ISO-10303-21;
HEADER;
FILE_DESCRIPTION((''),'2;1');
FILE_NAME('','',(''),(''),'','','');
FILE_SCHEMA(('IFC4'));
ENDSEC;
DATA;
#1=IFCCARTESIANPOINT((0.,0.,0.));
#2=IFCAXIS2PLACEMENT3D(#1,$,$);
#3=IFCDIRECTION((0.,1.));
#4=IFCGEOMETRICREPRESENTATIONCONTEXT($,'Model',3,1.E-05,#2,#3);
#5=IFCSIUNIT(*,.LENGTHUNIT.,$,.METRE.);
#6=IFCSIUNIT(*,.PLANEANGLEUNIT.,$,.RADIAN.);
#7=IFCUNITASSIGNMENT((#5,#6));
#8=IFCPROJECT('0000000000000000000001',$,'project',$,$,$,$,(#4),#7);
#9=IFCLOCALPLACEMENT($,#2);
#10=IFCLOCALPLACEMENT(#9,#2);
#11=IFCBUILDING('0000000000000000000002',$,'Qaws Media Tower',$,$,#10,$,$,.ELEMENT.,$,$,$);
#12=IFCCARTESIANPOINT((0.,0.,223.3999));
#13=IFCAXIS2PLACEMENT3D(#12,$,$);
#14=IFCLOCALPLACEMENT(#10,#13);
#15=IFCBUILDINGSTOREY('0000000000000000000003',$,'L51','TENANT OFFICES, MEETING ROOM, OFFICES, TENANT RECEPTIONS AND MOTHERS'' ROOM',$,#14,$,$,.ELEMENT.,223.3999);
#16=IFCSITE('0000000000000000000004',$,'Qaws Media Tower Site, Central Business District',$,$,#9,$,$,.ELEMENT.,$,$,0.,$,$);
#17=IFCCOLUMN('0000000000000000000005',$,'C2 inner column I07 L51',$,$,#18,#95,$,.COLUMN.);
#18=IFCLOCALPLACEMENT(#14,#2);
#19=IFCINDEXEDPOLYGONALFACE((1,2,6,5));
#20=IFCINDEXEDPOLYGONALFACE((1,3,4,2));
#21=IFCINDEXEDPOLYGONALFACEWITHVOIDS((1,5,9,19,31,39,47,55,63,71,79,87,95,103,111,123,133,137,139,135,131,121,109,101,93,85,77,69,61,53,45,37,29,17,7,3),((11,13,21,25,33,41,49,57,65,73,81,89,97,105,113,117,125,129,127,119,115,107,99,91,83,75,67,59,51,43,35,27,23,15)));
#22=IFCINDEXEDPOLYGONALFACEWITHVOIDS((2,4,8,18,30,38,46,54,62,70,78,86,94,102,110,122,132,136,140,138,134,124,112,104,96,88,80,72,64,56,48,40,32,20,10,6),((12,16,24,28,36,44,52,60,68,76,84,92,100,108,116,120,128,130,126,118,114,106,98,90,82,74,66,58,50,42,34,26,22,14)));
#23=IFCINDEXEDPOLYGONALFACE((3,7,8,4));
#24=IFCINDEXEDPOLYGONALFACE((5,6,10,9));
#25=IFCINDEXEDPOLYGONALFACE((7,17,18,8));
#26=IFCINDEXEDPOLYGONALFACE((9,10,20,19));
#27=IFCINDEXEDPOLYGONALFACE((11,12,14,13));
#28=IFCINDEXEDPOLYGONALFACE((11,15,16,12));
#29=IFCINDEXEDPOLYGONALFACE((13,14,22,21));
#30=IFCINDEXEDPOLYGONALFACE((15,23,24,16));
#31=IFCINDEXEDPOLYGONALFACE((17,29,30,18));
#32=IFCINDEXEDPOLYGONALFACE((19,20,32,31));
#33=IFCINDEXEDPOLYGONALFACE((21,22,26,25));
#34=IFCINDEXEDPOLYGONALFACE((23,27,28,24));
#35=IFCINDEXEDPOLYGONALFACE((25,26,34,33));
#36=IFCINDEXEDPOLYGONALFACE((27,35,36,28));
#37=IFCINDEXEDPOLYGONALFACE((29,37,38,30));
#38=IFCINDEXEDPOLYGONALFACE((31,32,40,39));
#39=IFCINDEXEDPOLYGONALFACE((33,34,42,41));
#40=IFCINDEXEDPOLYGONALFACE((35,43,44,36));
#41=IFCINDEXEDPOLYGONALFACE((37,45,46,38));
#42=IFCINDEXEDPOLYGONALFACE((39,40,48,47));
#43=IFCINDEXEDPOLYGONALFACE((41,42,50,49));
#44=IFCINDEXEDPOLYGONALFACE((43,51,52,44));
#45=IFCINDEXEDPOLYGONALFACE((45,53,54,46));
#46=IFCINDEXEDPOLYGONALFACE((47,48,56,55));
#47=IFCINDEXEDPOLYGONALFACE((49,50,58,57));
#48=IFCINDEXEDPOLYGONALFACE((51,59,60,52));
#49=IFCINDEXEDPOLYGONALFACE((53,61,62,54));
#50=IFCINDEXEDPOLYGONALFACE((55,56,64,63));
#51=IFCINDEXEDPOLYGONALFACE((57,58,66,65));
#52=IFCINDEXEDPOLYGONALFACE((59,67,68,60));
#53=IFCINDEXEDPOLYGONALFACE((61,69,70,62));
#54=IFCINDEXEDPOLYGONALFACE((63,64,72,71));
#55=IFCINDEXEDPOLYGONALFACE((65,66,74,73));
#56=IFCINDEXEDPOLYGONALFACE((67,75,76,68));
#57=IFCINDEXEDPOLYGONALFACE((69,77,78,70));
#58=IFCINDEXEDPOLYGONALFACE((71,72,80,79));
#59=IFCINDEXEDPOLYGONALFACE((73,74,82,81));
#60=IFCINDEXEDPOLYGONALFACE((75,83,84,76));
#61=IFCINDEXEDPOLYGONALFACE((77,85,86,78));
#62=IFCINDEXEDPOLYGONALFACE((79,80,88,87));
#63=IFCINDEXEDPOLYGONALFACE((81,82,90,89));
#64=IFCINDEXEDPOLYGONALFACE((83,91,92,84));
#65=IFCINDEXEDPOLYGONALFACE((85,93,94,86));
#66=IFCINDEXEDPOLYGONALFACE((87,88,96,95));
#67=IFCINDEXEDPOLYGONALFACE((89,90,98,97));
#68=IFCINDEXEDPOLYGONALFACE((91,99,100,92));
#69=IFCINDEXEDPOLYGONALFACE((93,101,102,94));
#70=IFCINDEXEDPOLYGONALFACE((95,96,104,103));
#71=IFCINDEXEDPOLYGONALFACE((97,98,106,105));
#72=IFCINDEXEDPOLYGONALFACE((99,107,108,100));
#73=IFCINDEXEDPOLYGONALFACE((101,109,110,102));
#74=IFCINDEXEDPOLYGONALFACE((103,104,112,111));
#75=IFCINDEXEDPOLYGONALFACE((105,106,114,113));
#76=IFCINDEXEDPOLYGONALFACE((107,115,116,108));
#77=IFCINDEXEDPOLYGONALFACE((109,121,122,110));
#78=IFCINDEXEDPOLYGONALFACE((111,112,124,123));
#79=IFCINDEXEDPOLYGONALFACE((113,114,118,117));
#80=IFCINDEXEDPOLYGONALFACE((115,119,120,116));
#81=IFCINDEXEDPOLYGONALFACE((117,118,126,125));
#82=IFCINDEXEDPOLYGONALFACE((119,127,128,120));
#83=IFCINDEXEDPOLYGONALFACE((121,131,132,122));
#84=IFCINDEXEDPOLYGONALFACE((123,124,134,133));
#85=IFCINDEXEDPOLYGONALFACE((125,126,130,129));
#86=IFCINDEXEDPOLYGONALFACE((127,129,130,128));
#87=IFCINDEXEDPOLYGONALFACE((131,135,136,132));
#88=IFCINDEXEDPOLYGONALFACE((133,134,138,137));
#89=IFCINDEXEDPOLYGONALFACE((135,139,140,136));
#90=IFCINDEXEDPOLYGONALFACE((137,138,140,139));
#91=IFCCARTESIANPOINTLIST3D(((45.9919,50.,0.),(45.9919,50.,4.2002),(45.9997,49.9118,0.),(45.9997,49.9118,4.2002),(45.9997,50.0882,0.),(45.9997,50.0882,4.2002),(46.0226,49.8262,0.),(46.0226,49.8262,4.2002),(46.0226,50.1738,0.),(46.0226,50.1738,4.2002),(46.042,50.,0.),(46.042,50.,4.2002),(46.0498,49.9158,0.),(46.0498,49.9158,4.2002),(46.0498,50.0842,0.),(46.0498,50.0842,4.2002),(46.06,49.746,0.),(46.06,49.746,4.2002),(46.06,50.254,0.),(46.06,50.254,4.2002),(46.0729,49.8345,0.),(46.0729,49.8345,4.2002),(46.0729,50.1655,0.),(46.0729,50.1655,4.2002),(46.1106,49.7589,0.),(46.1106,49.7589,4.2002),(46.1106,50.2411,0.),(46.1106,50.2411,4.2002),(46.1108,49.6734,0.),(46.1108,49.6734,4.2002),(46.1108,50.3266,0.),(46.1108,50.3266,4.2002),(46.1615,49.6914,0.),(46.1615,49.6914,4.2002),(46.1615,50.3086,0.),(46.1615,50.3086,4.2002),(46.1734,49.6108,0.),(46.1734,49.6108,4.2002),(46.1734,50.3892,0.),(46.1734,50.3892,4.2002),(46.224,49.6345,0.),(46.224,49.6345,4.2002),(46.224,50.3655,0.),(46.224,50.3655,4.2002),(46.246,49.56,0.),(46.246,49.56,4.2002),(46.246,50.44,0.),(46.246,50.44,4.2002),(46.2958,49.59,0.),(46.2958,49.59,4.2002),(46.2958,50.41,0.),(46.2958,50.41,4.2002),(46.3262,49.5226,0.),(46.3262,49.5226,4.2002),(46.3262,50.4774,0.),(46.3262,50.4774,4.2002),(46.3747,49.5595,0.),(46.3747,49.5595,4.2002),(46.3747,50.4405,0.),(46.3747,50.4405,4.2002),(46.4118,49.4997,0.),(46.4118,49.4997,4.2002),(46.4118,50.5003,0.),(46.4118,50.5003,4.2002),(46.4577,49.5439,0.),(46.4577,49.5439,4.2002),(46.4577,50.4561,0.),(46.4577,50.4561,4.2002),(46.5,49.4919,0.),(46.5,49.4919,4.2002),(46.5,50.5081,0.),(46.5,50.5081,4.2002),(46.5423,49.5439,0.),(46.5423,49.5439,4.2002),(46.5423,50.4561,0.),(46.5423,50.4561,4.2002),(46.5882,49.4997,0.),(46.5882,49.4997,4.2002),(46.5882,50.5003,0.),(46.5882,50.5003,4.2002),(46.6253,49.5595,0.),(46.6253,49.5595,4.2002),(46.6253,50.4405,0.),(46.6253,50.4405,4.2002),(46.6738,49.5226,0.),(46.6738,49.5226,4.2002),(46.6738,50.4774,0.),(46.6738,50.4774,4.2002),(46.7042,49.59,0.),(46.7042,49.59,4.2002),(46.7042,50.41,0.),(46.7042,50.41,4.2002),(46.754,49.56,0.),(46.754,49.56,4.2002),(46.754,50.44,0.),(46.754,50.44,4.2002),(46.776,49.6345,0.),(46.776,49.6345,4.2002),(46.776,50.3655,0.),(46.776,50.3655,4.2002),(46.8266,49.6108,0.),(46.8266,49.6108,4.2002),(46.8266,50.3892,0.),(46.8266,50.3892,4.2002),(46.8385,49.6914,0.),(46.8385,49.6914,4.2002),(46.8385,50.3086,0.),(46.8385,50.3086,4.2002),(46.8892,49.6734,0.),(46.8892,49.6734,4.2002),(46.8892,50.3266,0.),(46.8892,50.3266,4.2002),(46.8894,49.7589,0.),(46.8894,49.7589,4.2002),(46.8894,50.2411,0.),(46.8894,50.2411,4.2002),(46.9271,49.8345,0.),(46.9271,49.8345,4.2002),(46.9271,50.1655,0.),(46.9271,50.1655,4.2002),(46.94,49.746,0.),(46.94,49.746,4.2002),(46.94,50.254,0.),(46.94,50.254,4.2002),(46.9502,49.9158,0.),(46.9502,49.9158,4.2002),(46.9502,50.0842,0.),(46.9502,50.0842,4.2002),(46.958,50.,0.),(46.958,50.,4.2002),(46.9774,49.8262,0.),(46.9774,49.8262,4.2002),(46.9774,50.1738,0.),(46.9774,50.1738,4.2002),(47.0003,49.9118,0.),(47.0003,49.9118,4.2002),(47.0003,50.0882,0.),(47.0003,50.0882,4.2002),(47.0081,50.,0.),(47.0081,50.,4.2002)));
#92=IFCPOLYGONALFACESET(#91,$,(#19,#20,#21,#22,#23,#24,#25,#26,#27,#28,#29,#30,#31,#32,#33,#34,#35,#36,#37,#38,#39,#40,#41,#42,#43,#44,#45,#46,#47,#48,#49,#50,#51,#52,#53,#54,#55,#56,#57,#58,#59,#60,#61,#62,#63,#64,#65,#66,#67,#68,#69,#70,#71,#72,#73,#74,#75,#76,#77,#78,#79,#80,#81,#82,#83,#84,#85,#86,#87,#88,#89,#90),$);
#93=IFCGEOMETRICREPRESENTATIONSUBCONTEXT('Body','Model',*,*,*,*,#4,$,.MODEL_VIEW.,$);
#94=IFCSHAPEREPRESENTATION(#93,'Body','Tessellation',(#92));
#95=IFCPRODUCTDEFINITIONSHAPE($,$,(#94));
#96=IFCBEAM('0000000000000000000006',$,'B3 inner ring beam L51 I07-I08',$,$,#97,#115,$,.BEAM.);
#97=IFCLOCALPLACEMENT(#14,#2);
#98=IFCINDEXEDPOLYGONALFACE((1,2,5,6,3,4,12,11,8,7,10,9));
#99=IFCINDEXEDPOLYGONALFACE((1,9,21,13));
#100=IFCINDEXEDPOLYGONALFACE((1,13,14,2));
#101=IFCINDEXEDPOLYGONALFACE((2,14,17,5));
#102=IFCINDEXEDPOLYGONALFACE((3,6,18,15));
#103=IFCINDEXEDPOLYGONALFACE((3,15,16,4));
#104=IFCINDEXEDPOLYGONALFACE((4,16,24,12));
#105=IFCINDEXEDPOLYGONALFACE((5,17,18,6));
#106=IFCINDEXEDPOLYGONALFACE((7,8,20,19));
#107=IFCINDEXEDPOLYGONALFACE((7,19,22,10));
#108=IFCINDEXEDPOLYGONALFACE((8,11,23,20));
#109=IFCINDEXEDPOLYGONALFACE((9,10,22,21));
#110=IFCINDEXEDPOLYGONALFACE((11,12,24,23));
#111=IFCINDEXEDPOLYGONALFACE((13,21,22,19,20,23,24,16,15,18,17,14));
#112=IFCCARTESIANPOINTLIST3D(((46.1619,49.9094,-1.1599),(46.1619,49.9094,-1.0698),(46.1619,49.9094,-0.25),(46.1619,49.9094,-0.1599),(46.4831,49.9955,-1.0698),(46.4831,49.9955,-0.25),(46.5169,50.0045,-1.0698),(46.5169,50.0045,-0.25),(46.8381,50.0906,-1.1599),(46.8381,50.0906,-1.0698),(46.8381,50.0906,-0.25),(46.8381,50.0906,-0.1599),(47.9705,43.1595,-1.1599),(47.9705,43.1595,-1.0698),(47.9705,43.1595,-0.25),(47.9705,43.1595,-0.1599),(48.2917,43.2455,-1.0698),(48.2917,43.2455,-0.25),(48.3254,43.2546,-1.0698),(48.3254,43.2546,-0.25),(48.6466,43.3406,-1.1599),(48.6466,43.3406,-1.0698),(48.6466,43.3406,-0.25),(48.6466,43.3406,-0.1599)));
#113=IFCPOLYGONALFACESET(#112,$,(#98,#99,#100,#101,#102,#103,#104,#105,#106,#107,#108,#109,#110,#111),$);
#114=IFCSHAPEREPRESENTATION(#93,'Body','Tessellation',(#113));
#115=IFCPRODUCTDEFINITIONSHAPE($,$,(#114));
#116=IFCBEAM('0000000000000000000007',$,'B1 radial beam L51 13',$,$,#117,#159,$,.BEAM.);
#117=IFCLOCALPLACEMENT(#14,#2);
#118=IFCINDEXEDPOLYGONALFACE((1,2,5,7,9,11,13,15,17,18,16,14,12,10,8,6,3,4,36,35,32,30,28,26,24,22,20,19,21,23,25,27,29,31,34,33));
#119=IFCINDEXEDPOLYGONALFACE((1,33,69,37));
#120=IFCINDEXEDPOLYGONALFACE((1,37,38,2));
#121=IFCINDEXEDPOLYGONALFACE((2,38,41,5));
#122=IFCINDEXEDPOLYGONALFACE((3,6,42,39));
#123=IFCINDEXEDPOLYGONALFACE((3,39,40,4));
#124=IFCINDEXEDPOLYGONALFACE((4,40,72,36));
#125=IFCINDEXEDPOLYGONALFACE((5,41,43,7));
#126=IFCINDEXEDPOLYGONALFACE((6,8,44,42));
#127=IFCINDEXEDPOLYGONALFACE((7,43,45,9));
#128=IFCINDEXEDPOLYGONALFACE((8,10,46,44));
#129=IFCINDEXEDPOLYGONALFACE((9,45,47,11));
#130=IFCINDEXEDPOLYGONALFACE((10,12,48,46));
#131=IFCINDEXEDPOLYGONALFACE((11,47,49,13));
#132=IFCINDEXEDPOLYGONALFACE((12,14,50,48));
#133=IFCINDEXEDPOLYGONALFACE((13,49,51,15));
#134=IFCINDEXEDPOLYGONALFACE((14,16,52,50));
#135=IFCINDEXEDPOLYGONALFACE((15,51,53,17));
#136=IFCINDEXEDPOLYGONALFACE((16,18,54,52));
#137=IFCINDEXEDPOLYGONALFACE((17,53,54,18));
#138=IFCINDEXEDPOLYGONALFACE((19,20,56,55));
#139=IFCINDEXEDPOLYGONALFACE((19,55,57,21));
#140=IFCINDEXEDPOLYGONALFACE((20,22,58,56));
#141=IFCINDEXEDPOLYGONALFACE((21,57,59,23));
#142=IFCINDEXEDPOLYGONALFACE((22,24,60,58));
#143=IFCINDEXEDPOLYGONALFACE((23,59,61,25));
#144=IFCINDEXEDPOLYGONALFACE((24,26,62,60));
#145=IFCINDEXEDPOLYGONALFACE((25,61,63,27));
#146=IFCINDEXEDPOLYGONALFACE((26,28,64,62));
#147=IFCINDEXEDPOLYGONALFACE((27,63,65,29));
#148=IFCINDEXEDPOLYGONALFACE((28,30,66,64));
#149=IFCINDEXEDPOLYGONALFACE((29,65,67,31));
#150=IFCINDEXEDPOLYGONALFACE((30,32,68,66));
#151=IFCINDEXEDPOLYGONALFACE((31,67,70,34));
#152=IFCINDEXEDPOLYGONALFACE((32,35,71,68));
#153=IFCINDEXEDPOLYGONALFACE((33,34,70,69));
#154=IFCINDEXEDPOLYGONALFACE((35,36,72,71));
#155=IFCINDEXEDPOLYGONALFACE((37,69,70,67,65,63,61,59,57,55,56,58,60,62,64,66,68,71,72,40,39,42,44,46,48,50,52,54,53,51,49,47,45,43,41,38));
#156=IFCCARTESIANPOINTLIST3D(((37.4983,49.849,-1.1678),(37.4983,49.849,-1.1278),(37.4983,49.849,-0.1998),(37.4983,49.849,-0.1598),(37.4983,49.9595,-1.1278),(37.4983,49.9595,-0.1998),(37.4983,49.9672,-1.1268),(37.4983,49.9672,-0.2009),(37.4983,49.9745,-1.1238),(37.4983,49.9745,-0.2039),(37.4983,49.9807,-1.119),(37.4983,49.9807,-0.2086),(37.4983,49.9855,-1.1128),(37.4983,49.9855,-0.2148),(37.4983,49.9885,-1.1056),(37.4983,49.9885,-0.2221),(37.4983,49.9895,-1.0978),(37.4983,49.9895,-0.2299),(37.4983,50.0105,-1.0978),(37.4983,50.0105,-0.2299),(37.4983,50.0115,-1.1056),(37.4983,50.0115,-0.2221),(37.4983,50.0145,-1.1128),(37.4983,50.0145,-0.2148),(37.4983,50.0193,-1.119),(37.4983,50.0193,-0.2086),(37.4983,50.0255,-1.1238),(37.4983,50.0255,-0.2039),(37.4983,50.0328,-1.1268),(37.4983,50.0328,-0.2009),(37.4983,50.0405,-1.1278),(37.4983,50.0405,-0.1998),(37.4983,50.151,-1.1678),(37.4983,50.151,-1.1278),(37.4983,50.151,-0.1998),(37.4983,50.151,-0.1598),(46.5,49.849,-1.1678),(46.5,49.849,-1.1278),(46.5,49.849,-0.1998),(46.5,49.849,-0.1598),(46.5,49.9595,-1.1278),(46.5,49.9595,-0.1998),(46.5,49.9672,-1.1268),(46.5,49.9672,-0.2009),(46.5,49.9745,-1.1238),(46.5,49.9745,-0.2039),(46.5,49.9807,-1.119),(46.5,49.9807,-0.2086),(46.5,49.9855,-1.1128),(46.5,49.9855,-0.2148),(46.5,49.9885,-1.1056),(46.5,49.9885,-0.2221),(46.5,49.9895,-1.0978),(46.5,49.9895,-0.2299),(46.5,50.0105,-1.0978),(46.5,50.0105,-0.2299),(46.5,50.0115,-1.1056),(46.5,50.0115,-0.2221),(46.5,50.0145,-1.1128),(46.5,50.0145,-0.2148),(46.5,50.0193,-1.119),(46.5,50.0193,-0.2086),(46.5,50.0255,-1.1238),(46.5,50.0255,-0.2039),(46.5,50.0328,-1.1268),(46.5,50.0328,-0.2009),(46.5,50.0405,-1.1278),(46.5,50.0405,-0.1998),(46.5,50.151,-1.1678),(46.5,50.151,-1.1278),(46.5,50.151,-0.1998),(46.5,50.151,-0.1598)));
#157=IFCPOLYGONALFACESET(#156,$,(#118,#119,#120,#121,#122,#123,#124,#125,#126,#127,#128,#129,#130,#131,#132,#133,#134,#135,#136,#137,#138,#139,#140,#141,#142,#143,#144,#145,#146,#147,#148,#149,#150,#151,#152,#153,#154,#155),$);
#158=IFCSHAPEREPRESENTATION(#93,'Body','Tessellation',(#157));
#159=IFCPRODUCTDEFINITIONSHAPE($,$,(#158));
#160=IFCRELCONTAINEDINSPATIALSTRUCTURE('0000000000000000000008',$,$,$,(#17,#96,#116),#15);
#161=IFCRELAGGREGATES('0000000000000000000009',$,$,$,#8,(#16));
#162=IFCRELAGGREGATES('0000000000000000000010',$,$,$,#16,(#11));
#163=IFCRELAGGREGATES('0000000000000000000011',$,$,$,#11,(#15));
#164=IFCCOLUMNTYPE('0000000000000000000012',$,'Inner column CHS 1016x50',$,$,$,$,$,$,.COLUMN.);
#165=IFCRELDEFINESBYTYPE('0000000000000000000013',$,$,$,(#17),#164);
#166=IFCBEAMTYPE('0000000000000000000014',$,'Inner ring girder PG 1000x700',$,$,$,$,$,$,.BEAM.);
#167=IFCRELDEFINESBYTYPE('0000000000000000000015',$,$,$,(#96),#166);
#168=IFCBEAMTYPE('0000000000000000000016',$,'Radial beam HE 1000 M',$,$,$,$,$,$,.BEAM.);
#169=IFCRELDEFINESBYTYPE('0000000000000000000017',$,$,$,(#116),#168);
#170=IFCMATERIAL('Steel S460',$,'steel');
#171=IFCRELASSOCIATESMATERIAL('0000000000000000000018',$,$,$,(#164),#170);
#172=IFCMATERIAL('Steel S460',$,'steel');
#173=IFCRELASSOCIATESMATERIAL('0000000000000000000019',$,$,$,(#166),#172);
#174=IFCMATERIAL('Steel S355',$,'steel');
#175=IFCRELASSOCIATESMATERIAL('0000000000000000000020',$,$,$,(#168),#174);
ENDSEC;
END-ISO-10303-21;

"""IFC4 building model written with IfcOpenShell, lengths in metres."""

from ifc_helpers import new_model, si_unit, direction, frame, origin, origin_2d, place, context, subcontext, project, spatial, hollow_circle, i_section, extrude, material, material_profile, profile_set, type_object, element, save


model = new_model("IFC4")

# Units and contexts
model_context = context("Model", 3, precision=1e-05, world=origin(), true_north=direction((0.0, 1.0)))
body_context = subcontext(model_context, "Body", "Model", "MODEL_VIEW")
ifc_project = project(units=[si_unit("LENGTHUNIT", "METRE"), si_unit("PLANEANGLEUNIT", "RADIAN")], contexts=[model_context])

# Site, building, storey
site_placement = place(None, origin())
site = spatial("IfcSite", under=ifc_project, at=site_placement, Name="Qaws Media Tower Site, Central Business District", CompositionType="ELEMENT", RefElevation=0.0)
building_placement = place(site_placement, origin())
building = spatial("IfcBuilding", under=site, at=building_placement, Name="Qaws Media Tower", CompositionType="ELEMENT")
storey_placement = place(building_placement, frame((0.0, 0.0, 223.3999)))
storey = spatial("IfcBuildingStorey", under=building, at=storey_placement, Name="L51", Description="TENANT OFFICES, MEETING ROOM, OFFICES, TENANT RECEPTIONS AND MOTHERS' ROOM", CompositionType="ELEMENT", Elevation=223.3999)

# Column
ifc_material_1 = material(Name="Steel S460", Category="steel")
ifc_material_profile_1 = material_profile(ifc_material_1, hollow_circle(Radius=0.5081, WallThickness=0.05, at=origin_2d()), Name="CHS 1016x50")
ifc_profile_set_1 = profile_set([ifc_material_profile_1], Name="Steel S460")
column_type = type_object("IfcColumnType", Name="Inner column CHS 1016x50", PredefinedType="COLUMN", material=ifc_profile_set_1)
column_placement = place(storey_placement, frame((46.5, 50.0, 0.0), z_axis=(0.0, 0.0, 1.0), x_axis=(1.0, 0.0, 0.0)))
element("IfcColumn", 1, at=column_placement, inside=storey, type_object=column_type, Name="C2 inner column I07 L51", PredefinedType="COLUMN", context=body_context, shape_type="SweptSolid", body=[
    extrude(hollow_circle(Radius=0.5081, WallThickness=0.05, at=origin_2d()), origin(), (0.0, 0.0, 1.0), 4.2002),
])

# Beams
ifc_material_2 = material(Name="Steel S460", Category="steel")
ifc_material_profile_2 = material_profile(ifc_material_2, i_section(OverallWidth=0.7, OverallDepth=1.0, WebThickness=0.0349, FlangeThickness=0.0901, at=origin_2d()), Name="PG 1000x700")
ifc_profile_set_2 = profile_set([ifc_material_profile_2], Name="Steel S460")
beam_type_1 = type_object("IfcBeamType", Name="Inner ring girder PG 1000x700", PredefinedType="BEAM", material=ifc_profile_set_2)
beam_1_placement = place(storey_placement, frame((46.5, 50.0, -0.6599), z_axis=(0.258811, -0.965928, 0.0), x_axis=(0.965928, 0.258811, 0.0)))
element("IfcBeam", 2, at=beam_1_placement, inside=storey, type_object=beam_type_1, Name="B3 inner ring beam L51 I07-I08", PredefinedType="BEAM", context=body_context, shape_type="SweptSolid", body=[
    extrude(i_section(OverallWidth=0.7, OverallDepth=1.0, WebThickness=0.0349, FlangeThickness=0.0901, at=origin_2d()), origin(), (0.0, 0.0, 1.0), 6.988),
])
ifc_material_3 = material(Name="Steel S355", Category="steel")
ifc_material_profile_3 = material_profile(ifc_material_3, i_section(OverallWidth=0.302, OverallDepth=1.0081, WebThickness=0.021, FlangeThickness=0.04, FilletRadius=0.03, at=origin_2d()), Name="HE 1000 M")
ifc_profile_set_3 = profile_set([ifc_material_profile_3], Name="Steel S355")
beam_type_2 = type_object("IfcBeamType", Name="Radial beam HE 1000 M", PredefinedType="BEAM", material=ifc_profile_set_3)
beam_2_placement = place(storey_placement, frame((46.5, 50.0, -0.6638), z_axis=(-1.0, 0.0, 0.0), x_axis=(0.0, -1.0, 0.0)))
element("IfcBeam", 3, at=beam_2_placement, inside=storey, type_object=beam_type_2, Name="B1 radial beam L51 13", PredefinedType="BEAM", context=body_context, shape_type="SweptSolid", body=[
    extrude(i_section(OverallWidth=0.302, OverallDepth=1.0081, WebThickness=0.021, FlangeThickness=0.04, FilletRadius=0.03, at=origin_2d()), origin(), (0.0, 0.0, 1.0), 9.0017),
])

save(model, "model.ifc")
